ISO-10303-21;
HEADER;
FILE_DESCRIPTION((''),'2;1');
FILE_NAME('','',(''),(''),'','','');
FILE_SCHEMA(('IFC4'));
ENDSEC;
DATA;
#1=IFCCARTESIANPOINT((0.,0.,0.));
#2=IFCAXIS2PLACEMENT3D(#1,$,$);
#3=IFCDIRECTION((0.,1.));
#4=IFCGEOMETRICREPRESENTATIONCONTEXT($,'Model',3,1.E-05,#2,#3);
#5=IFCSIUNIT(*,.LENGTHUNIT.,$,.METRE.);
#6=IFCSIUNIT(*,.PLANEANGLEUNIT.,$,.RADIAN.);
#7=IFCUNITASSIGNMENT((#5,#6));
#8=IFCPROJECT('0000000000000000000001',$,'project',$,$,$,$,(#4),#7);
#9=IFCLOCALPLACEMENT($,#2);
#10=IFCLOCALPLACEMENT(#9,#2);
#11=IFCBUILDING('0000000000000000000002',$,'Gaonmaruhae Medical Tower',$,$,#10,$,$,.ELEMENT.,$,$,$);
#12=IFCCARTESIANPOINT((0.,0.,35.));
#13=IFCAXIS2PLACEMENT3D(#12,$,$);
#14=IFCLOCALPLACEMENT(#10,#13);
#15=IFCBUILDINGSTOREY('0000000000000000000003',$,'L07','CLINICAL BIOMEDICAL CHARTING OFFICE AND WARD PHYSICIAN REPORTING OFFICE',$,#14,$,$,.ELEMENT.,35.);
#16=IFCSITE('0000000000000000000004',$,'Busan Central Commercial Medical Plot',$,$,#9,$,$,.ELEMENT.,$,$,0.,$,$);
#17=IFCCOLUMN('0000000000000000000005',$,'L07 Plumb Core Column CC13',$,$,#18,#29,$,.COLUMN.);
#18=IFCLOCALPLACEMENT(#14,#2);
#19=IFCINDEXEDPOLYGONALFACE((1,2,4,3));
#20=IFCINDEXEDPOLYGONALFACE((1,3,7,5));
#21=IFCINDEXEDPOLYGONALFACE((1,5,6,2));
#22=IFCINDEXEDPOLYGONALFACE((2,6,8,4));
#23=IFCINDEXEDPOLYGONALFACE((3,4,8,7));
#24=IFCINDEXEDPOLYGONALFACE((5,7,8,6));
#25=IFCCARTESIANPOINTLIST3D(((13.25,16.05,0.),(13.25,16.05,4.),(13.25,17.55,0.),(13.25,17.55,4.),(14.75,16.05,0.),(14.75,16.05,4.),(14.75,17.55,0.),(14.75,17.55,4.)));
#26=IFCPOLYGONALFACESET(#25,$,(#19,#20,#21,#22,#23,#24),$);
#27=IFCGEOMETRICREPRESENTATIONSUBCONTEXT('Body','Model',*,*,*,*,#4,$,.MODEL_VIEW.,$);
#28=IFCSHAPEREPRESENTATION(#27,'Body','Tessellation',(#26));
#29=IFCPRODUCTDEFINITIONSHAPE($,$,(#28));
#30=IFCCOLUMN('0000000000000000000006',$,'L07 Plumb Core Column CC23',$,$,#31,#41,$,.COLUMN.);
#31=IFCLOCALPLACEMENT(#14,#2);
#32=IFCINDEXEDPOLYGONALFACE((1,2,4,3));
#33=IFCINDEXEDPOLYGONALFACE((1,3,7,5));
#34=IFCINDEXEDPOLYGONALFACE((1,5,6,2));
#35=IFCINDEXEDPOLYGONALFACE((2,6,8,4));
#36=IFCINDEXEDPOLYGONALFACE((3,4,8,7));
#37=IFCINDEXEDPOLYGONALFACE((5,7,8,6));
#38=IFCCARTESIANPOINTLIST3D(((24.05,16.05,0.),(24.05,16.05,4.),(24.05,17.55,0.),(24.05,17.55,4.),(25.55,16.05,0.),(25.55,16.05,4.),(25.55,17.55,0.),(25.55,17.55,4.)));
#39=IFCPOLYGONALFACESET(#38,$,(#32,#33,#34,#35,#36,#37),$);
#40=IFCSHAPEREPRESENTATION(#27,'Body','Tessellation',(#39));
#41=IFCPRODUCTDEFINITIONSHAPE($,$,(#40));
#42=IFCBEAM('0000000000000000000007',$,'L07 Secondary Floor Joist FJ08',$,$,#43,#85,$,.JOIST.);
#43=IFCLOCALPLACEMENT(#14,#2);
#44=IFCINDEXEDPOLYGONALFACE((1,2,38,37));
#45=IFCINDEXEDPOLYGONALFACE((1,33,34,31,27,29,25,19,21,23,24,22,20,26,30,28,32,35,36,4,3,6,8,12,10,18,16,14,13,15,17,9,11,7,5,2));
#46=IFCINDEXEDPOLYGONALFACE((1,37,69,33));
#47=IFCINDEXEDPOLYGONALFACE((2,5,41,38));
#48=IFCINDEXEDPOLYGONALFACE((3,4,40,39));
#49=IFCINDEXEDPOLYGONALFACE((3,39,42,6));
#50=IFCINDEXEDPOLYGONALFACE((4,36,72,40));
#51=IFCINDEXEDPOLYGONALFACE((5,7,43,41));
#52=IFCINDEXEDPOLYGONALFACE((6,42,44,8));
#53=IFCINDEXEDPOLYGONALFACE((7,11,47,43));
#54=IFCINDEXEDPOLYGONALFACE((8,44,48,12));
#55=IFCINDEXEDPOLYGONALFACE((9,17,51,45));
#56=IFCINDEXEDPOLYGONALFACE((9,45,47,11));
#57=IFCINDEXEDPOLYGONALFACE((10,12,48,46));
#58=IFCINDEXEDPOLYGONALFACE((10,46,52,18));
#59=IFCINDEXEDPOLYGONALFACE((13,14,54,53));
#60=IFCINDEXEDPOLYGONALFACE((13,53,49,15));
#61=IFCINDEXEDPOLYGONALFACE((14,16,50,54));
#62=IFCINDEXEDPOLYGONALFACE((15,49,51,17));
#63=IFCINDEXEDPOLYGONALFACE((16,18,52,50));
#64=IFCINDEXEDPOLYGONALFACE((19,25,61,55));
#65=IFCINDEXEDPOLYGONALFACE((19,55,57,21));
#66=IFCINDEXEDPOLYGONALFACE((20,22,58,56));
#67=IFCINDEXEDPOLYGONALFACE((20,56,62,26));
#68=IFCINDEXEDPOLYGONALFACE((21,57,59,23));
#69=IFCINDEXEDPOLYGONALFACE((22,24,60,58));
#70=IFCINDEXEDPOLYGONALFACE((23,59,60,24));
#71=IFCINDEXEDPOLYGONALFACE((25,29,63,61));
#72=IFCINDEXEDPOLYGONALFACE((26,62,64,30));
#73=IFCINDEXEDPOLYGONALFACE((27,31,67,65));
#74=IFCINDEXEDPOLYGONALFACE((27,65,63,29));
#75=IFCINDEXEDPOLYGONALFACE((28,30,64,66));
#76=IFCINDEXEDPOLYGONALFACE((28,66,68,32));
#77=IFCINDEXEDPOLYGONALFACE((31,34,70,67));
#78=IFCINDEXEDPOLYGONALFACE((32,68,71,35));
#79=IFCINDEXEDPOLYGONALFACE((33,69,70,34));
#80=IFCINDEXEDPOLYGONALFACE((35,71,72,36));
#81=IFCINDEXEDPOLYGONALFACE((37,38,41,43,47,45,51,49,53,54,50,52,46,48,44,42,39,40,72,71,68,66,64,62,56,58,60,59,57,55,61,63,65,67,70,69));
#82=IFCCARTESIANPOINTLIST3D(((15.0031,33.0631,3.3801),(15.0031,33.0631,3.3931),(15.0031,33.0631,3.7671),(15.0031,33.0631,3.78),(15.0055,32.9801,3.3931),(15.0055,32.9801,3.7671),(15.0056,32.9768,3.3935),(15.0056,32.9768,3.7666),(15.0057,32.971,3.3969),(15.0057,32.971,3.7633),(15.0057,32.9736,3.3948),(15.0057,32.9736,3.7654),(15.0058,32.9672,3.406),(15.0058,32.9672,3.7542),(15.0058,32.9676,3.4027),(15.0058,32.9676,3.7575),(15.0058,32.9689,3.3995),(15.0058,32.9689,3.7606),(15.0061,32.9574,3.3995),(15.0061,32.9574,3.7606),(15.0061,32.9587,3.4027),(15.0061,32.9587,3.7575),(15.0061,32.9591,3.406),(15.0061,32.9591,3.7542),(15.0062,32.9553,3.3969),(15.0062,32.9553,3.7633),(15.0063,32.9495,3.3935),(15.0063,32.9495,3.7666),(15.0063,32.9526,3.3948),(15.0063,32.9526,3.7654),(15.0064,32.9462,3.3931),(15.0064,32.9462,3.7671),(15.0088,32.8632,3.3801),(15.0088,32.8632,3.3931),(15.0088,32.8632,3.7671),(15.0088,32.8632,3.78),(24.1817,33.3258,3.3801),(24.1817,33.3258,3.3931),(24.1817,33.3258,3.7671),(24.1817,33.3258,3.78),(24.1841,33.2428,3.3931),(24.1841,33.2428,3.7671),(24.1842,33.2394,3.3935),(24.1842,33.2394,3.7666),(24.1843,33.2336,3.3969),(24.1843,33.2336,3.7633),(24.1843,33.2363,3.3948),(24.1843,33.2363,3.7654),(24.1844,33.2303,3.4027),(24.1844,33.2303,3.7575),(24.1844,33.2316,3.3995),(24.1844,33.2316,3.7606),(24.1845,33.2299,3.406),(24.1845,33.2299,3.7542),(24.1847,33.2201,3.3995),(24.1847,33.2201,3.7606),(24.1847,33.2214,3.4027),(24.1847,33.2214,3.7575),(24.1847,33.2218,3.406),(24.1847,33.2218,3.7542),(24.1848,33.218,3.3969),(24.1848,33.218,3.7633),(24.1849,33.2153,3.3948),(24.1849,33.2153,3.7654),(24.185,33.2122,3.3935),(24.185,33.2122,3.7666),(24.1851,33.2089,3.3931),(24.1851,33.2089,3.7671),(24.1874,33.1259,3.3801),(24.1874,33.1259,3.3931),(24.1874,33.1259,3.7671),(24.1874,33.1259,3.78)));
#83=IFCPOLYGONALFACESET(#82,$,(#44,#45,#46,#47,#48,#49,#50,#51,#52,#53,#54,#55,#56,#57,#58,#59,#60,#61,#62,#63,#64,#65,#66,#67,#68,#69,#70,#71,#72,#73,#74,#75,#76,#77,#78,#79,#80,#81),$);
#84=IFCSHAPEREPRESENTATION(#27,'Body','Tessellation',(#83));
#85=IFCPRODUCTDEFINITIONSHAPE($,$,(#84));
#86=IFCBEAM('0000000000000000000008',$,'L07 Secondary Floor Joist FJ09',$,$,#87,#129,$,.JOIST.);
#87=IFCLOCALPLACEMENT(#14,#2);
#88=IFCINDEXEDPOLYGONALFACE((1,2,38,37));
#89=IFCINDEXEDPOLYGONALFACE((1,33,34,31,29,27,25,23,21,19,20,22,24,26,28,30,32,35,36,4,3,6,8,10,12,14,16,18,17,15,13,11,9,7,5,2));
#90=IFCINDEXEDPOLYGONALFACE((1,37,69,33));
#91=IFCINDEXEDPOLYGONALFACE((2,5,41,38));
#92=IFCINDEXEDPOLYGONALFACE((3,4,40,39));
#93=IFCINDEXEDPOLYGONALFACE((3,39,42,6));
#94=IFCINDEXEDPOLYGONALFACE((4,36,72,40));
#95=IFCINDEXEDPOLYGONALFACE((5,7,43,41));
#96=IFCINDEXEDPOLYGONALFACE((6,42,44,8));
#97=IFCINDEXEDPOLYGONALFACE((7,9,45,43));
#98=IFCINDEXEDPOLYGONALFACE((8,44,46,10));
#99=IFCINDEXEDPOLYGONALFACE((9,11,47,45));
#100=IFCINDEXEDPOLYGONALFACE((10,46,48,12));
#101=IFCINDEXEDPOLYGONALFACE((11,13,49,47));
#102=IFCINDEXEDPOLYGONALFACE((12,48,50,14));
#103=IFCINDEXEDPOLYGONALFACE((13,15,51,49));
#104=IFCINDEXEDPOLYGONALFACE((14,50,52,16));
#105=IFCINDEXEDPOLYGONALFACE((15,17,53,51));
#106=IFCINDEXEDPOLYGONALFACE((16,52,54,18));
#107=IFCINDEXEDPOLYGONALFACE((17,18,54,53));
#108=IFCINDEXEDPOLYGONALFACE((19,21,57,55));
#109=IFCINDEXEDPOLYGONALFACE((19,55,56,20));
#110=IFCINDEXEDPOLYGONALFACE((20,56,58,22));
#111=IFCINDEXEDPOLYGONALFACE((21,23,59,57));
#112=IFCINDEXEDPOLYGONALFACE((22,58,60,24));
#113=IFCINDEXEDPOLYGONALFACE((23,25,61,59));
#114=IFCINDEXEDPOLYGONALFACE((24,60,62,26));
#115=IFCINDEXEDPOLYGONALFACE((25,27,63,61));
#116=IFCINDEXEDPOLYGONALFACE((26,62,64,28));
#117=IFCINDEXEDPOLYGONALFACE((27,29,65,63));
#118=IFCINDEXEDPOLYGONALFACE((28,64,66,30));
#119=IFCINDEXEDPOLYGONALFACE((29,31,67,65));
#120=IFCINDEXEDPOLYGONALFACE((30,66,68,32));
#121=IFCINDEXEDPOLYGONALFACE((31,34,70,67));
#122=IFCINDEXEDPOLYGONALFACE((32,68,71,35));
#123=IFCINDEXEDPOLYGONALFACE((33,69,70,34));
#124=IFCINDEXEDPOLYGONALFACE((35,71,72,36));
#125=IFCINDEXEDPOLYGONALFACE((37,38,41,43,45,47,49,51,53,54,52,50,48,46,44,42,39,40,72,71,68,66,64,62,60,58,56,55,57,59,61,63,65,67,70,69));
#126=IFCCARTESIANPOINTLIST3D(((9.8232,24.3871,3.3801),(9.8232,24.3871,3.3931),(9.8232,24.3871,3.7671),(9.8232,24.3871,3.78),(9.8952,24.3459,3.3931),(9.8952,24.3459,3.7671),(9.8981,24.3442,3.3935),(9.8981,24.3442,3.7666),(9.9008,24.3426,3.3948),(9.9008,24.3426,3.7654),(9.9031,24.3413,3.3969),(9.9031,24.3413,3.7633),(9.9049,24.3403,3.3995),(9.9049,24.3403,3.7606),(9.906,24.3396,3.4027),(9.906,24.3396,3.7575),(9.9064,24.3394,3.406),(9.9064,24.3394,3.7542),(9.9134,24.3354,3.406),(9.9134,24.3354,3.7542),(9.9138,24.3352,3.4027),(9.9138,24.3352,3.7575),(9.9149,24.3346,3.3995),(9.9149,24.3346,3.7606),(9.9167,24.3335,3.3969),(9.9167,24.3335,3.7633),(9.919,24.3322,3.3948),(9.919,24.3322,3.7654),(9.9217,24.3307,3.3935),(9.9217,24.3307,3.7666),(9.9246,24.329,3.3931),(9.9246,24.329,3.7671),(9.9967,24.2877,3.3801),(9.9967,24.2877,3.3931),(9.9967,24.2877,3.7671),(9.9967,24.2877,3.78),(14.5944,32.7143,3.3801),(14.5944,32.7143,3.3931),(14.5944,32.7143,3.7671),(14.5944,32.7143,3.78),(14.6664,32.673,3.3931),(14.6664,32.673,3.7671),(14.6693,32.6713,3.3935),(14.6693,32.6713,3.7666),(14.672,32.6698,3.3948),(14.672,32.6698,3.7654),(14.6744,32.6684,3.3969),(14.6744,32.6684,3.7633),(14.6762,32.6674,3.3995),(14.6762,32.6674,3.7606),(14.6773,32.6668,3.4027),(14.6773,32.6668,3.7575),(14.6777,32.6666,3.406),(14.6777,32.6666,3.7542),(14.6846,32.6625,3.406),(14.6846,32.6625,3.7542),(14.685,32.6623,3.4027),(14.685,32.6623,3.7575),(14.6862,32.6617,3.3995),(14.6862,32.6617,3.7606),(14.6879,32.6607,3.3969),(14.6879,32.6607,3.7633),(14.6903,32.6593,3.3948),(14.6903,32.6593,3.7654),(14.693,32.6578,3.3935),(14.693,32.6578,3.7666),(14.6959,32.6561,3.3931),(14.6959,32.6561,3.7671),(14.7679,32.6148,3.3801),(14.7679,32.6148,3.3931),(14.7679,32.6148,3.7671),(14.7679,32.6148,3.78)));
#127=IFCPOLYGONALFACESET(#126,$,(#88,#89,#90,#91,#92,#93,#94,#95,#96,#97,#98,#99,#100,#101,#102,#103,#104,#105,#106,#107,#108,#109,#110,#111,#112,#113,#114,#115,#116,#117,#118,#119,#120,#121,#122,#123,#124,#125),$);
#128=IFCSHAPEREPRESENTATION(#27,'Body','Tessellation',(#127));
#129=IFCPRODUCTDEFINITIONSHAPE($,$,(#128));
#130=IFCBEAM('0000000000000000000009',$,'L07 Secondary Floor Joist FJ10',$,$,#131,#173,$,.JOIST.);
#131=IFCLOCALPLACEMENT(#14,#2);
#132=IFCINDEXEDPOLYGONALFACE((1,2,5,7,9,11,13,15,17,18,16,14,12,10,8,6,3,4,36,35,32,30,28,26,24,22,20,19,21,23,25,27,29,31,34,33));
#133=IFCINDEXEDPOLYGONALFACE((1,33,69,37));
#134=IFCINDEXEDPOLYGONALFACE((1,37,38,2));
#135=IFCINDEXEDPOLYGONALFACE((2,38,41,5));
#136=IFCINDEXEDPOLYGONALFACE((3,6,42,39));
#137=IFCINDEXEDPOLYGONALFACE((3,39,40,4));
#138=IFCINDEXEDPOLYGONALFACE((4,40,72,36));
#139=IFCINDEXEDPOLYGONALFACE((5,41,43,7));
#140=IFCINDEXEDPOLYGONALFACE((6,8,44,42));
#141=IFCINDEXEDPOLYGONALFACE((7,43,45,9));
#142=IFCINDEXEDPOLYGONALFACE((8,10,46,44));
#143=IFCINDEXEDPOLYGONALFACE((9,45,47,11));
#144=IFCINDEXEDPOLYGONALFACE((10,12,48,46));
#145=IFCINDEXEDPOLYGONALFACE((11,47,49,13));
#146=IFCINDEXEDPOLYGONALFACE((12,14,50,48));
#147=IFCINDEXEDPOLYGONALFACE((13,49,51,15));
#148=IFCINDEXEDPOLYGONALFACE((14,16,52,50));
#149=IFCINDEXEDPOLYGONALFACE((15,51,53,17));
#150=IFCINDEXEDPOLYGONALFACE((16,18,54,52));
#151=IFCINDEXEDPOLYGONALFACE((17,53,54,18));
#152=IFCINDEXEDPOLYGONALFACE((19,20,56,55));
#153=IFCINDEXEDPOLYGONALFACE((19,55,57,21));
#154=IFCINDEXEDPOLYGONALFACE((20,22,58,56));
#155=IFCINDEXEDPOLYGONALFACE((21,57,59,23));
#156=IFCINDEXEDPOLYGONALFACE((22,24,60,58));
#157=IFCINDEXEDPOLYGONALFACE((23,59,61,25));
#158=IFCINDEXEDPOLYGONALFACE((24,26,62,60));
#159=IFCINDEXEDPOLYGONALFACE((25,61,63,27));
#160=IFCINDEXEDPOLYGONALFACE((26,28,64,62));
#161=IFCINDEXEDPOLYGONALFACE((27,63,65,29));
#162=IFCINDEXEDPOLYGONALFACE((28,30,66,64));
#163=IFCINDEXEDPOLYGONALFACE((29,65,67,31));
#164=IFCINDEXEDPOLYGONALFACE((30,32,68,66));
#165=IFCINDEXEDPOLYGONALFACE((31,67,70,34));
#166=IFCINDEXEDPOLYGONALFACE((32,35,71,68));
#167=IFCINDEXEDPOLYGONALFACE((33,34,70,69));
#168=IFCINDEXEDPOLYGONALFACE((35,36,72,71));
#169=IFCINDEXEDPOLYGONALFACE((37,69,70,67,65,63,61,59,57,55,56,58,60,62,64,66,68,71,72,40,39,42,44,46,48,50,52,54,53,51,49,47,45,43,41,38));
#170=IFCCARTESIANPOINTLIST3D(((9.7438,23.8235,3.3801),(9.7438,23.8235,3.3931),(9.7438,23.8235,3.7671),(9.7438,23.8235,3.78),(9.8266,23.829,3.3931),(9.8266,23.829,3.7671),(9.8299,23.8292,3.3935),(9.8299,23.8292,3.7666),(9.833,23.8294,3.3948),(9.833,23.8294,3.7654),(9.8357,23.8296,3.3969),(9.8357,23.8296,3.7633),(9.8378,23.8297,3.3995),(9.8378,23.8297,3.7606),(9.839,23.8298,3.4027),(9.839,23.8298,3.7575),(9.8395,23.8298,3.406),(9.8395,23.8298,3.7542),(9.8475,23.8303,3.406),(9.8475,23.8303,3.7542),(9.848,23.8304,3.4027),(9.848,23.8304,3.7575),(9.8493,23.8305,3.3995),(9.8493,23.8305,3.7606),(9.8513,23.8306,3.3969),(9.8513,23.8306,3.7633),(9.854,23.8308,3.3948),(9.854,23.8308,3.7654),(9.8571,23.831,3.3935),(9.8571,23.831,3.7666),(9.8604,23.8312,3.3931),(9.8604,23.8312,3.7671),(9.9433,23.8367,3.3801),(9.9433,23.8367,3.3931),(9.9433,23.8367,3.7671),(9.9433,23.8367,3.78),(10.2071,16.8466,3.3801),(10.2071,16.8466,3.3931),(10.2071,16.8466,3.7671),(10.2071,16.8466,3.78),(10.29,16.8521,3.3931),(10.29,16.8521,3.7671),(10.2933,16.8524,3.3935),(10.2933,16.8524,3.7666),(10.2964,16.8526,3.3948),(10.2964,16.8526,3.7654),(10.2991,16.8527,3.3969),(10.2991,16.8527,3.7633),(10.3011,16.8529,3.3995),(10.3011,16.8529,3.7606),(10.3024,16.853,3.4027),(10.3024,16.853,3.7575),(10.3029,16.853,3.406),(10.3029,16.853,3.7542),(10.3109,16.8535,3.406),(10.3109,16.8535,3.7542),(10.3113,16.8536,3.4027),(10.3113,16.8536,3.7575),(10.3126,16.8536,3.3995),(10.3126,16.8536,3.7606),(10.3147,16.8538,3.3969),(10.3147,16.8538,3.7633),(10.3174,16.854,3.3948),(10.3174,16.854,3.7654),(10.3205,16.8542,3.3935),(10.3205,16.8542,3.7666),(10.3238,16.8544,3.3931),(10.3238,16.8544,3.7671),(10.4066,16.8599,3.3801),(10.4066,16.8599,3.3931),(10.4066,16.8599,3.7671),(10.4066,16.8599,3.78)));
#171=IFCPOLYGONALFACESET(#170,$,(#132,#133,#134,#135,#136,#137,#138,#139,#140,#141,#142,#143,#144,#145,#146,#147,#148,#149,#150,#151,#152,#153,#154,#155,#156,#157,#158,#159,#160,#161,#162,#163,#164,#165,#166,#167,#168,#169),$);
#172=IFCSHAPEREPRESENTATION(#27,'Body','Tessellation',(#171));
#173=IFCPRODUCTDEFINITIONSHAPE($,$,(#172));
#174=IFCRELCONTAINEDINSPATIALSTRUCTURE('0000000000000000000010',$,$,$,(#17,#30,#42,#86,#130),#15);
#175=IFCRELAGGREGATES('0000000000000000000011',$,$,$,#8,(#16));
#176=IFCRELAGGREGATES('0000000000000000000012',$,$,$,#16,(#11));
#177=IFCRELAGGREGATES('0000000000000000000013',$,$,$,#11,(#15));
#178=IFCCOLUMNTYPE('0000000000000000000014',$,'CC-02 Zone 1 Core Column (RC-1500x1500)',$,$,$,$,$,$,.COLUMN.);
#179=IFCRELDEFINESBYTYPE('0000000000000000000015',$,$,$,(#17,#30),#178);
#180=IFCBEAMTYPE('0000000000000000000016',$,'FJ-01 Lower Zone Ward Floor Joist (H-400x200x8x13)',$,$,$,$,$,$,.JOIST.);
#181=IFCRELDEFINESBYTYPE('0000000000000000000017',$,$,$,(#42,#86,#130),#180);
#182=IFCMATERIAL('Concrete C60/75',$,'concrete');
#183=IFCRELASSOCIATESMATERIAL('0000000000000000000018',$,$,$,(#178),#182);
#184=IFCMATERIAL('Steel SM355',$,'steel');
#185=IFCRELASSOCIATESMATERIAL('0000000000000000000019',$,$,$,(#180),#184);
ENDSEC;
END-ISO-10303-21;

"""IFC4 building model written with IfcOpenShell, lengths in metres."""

from ifc_helpers import new_model, si_unit, direction, frame, origin, origin_2d, place, context, subcontext, project, spatial, rectangle, i_section, extrude, material, material_profile, profile_set, type_object, element, save


model = new_model("IFC4")

# Units and contexts
model_context = context("Model", 3, precision=1e-05, world=origin(), true_north=direction((0.0, 1.0)))
body_context = subcontext(model_context, "Body", "Model", "MODEL_VIEW")
ifc_project = project(units=[si_unit("LENGTHUNIT", "METRE"), si_unit("PLANEANGLEUNIT", "RADIAN")], contexts=[model_context])

# Site, building, storey
site_placement = place(None, origin())
site = spatial("IfcSite", under=ifc_project, at=site_placement, Name="Busan Central Commercial Medical Plot", CompositionType="ELEMENT", RefElevation=0.0)
building_placement = place(site_placement, origin())
building = spatial("IfcBuilding", under=site, at=building_placement, Name="Gaonmaruhae Medical Tower", CompositionType="ELEMENT")
storey_placement = place(building_placement, frame((0.0, 0.0, 35.0)))
storey = spatial("IfcBuildingStorey", under=building, at=storey_placement, Name="L07", Description="CLINICAL BIOMEDICAL CHARTING OFFICE AND WARD PHYSICIAN REPORTING OFFICE", CompositionType="ELEMENT", Elevation=35.0)

# Columns
ifc_material_1 = material(Name="Concrete C60/75", Category="concrete")
ifc_material_profile_1 = material_profile(ifc_material_1, rectangle(XDim=1.5, YDim=1.5, at=origin_2d()), Name="RC-1500x1500")
ifc_profile_set_1 = profile_set([ifc_material_profile_1], Name="Concrete C60/75")
column_type = type_object("IfcColumnType", Name="CC-02 Zone 1 Core Column (RC-1500x1500)", PredefinedType="COLUMN", material=ifc_profile_set_1)
for number, where, z_axis, x_axis, name in (
    (1, (14.0, 16.8, 0.0), (0.0, 0.0, 1.0), (1.0, 0.0, 0.0), "L07 Plumb Core Column CC13"),
    (2, (24.8, 16.8, 0.0), (0.0, 0.0, 1.0), (1.0, 0.0, 0.0), "L07 Plumb Core Column CC23"),
):
    element("IfcColumn", number, at=place(storey_placement, frame(where, z_axis=z_axis, x_axis=x_axis)), inside=storey, type_object=column_type, Name=name, PredefinedType="COLUMN", context=body_context, shape_type="SweptSolid", body=[
        extrude(rectangle(XDim=1.5, YDim=1.5, at=origin_2d()), origin(), (0.0, 0.0, 1.0), 4.0),
    ])

# Beams
ifc_material_2 = material(Name="Steel SM355", Category="steel")
ifc_material_profile_2 = material_profile(ifc_material_2, i_section(OverallWidth=0.2, OverallDepth=0.3999, WebThickness=0.0081, FlangeThickness=0.0129, FilletRadius=0.0129, at=origin_2d()), Name="H-400x200x8x13")
ifc_profile_set_2 = profile_set([ifc_material_profile_2], Name="Steel SM355")
beam_type_1 = type_object("IfcBeamType", Name="FJ-01 Lower Zone Ward Floor Joist (H-400x200x8x13)", PredefinedType="JOIST", material=ifc_profile_set_2)
beam_1_placement = place(storey_placement, frame((24.1846, 33.2258, 3.5801), z_axis=(-0.999591, -0.028608, 0.0), x_axis=(0.028608, -0.999591, 0.0)))
element("IfcBeam", 3, at=beam_1_placement, inside=storey, type_object=beam_type_1, Name="L07 Secondary Floor Joist FJ08", PredefinedType="JOIST", context=body_context, shape_type="SweptSolid", body=[
    extrude(i_section(OverallWidth=0.2, OverallDepth=0.3999, WebThickness=0.0081, FlangeThickness=0.0129, FilletRadius=0.0129, at=origin_2d()), origin(), (0.0, 0.0, 1.0), 9.1824),
])
beam_2_placement = place(storey_placement, frame((14.6812, 32.6646, 3.5801), z_axis=(-0.497149, -0.867665, 0.0), x_axis=(0.867665, -0.497149, 0.0)))
element("IfcBeam", 4, at=beam_2_placement, inside=storey, type_object=beam_type_1, Name="L07 Secondary Floor Joist FJ09", PredefinedType="JOIST", context=body_context, shape_type="SweptSolid", body=[
    extrude(i_section(OverallWidth=0.2, OverallDepth=0.3999, WebThickness=0.0081, FlangeThickness=0.0129, FilletRadius=0.0129, at=origin_2d()), origin(), (0.0, 0.0, 1.0), 9.5972),
])
beam_3_placement = place(storey_placement, frame((9.8435, 23.8301, 3.5801), z_axis=(0.066271, -0.997802, 0.0), x_axis=(0.997802, 0.066271, 0.0)))
element("IfcBeam", 5, at=beam_3_placement, inside=storey, type_object=beam_type_1, Name="L07 Secondary Floor Joist FJ10", PredefinedType="JOIST", context=body_context, shape_type="SweptSolid", body=[
    extrude(i_section(OverallWidth=0.2, OverallDepth=0.3999, WebThickness=0.0081, FlangeThickness=0.0129, FilletRadius=0.0129, at=origin_2d()), origin(), (0.0, 0.0, 1.0), 6.9922),
])

save(model, "model.ifc")
